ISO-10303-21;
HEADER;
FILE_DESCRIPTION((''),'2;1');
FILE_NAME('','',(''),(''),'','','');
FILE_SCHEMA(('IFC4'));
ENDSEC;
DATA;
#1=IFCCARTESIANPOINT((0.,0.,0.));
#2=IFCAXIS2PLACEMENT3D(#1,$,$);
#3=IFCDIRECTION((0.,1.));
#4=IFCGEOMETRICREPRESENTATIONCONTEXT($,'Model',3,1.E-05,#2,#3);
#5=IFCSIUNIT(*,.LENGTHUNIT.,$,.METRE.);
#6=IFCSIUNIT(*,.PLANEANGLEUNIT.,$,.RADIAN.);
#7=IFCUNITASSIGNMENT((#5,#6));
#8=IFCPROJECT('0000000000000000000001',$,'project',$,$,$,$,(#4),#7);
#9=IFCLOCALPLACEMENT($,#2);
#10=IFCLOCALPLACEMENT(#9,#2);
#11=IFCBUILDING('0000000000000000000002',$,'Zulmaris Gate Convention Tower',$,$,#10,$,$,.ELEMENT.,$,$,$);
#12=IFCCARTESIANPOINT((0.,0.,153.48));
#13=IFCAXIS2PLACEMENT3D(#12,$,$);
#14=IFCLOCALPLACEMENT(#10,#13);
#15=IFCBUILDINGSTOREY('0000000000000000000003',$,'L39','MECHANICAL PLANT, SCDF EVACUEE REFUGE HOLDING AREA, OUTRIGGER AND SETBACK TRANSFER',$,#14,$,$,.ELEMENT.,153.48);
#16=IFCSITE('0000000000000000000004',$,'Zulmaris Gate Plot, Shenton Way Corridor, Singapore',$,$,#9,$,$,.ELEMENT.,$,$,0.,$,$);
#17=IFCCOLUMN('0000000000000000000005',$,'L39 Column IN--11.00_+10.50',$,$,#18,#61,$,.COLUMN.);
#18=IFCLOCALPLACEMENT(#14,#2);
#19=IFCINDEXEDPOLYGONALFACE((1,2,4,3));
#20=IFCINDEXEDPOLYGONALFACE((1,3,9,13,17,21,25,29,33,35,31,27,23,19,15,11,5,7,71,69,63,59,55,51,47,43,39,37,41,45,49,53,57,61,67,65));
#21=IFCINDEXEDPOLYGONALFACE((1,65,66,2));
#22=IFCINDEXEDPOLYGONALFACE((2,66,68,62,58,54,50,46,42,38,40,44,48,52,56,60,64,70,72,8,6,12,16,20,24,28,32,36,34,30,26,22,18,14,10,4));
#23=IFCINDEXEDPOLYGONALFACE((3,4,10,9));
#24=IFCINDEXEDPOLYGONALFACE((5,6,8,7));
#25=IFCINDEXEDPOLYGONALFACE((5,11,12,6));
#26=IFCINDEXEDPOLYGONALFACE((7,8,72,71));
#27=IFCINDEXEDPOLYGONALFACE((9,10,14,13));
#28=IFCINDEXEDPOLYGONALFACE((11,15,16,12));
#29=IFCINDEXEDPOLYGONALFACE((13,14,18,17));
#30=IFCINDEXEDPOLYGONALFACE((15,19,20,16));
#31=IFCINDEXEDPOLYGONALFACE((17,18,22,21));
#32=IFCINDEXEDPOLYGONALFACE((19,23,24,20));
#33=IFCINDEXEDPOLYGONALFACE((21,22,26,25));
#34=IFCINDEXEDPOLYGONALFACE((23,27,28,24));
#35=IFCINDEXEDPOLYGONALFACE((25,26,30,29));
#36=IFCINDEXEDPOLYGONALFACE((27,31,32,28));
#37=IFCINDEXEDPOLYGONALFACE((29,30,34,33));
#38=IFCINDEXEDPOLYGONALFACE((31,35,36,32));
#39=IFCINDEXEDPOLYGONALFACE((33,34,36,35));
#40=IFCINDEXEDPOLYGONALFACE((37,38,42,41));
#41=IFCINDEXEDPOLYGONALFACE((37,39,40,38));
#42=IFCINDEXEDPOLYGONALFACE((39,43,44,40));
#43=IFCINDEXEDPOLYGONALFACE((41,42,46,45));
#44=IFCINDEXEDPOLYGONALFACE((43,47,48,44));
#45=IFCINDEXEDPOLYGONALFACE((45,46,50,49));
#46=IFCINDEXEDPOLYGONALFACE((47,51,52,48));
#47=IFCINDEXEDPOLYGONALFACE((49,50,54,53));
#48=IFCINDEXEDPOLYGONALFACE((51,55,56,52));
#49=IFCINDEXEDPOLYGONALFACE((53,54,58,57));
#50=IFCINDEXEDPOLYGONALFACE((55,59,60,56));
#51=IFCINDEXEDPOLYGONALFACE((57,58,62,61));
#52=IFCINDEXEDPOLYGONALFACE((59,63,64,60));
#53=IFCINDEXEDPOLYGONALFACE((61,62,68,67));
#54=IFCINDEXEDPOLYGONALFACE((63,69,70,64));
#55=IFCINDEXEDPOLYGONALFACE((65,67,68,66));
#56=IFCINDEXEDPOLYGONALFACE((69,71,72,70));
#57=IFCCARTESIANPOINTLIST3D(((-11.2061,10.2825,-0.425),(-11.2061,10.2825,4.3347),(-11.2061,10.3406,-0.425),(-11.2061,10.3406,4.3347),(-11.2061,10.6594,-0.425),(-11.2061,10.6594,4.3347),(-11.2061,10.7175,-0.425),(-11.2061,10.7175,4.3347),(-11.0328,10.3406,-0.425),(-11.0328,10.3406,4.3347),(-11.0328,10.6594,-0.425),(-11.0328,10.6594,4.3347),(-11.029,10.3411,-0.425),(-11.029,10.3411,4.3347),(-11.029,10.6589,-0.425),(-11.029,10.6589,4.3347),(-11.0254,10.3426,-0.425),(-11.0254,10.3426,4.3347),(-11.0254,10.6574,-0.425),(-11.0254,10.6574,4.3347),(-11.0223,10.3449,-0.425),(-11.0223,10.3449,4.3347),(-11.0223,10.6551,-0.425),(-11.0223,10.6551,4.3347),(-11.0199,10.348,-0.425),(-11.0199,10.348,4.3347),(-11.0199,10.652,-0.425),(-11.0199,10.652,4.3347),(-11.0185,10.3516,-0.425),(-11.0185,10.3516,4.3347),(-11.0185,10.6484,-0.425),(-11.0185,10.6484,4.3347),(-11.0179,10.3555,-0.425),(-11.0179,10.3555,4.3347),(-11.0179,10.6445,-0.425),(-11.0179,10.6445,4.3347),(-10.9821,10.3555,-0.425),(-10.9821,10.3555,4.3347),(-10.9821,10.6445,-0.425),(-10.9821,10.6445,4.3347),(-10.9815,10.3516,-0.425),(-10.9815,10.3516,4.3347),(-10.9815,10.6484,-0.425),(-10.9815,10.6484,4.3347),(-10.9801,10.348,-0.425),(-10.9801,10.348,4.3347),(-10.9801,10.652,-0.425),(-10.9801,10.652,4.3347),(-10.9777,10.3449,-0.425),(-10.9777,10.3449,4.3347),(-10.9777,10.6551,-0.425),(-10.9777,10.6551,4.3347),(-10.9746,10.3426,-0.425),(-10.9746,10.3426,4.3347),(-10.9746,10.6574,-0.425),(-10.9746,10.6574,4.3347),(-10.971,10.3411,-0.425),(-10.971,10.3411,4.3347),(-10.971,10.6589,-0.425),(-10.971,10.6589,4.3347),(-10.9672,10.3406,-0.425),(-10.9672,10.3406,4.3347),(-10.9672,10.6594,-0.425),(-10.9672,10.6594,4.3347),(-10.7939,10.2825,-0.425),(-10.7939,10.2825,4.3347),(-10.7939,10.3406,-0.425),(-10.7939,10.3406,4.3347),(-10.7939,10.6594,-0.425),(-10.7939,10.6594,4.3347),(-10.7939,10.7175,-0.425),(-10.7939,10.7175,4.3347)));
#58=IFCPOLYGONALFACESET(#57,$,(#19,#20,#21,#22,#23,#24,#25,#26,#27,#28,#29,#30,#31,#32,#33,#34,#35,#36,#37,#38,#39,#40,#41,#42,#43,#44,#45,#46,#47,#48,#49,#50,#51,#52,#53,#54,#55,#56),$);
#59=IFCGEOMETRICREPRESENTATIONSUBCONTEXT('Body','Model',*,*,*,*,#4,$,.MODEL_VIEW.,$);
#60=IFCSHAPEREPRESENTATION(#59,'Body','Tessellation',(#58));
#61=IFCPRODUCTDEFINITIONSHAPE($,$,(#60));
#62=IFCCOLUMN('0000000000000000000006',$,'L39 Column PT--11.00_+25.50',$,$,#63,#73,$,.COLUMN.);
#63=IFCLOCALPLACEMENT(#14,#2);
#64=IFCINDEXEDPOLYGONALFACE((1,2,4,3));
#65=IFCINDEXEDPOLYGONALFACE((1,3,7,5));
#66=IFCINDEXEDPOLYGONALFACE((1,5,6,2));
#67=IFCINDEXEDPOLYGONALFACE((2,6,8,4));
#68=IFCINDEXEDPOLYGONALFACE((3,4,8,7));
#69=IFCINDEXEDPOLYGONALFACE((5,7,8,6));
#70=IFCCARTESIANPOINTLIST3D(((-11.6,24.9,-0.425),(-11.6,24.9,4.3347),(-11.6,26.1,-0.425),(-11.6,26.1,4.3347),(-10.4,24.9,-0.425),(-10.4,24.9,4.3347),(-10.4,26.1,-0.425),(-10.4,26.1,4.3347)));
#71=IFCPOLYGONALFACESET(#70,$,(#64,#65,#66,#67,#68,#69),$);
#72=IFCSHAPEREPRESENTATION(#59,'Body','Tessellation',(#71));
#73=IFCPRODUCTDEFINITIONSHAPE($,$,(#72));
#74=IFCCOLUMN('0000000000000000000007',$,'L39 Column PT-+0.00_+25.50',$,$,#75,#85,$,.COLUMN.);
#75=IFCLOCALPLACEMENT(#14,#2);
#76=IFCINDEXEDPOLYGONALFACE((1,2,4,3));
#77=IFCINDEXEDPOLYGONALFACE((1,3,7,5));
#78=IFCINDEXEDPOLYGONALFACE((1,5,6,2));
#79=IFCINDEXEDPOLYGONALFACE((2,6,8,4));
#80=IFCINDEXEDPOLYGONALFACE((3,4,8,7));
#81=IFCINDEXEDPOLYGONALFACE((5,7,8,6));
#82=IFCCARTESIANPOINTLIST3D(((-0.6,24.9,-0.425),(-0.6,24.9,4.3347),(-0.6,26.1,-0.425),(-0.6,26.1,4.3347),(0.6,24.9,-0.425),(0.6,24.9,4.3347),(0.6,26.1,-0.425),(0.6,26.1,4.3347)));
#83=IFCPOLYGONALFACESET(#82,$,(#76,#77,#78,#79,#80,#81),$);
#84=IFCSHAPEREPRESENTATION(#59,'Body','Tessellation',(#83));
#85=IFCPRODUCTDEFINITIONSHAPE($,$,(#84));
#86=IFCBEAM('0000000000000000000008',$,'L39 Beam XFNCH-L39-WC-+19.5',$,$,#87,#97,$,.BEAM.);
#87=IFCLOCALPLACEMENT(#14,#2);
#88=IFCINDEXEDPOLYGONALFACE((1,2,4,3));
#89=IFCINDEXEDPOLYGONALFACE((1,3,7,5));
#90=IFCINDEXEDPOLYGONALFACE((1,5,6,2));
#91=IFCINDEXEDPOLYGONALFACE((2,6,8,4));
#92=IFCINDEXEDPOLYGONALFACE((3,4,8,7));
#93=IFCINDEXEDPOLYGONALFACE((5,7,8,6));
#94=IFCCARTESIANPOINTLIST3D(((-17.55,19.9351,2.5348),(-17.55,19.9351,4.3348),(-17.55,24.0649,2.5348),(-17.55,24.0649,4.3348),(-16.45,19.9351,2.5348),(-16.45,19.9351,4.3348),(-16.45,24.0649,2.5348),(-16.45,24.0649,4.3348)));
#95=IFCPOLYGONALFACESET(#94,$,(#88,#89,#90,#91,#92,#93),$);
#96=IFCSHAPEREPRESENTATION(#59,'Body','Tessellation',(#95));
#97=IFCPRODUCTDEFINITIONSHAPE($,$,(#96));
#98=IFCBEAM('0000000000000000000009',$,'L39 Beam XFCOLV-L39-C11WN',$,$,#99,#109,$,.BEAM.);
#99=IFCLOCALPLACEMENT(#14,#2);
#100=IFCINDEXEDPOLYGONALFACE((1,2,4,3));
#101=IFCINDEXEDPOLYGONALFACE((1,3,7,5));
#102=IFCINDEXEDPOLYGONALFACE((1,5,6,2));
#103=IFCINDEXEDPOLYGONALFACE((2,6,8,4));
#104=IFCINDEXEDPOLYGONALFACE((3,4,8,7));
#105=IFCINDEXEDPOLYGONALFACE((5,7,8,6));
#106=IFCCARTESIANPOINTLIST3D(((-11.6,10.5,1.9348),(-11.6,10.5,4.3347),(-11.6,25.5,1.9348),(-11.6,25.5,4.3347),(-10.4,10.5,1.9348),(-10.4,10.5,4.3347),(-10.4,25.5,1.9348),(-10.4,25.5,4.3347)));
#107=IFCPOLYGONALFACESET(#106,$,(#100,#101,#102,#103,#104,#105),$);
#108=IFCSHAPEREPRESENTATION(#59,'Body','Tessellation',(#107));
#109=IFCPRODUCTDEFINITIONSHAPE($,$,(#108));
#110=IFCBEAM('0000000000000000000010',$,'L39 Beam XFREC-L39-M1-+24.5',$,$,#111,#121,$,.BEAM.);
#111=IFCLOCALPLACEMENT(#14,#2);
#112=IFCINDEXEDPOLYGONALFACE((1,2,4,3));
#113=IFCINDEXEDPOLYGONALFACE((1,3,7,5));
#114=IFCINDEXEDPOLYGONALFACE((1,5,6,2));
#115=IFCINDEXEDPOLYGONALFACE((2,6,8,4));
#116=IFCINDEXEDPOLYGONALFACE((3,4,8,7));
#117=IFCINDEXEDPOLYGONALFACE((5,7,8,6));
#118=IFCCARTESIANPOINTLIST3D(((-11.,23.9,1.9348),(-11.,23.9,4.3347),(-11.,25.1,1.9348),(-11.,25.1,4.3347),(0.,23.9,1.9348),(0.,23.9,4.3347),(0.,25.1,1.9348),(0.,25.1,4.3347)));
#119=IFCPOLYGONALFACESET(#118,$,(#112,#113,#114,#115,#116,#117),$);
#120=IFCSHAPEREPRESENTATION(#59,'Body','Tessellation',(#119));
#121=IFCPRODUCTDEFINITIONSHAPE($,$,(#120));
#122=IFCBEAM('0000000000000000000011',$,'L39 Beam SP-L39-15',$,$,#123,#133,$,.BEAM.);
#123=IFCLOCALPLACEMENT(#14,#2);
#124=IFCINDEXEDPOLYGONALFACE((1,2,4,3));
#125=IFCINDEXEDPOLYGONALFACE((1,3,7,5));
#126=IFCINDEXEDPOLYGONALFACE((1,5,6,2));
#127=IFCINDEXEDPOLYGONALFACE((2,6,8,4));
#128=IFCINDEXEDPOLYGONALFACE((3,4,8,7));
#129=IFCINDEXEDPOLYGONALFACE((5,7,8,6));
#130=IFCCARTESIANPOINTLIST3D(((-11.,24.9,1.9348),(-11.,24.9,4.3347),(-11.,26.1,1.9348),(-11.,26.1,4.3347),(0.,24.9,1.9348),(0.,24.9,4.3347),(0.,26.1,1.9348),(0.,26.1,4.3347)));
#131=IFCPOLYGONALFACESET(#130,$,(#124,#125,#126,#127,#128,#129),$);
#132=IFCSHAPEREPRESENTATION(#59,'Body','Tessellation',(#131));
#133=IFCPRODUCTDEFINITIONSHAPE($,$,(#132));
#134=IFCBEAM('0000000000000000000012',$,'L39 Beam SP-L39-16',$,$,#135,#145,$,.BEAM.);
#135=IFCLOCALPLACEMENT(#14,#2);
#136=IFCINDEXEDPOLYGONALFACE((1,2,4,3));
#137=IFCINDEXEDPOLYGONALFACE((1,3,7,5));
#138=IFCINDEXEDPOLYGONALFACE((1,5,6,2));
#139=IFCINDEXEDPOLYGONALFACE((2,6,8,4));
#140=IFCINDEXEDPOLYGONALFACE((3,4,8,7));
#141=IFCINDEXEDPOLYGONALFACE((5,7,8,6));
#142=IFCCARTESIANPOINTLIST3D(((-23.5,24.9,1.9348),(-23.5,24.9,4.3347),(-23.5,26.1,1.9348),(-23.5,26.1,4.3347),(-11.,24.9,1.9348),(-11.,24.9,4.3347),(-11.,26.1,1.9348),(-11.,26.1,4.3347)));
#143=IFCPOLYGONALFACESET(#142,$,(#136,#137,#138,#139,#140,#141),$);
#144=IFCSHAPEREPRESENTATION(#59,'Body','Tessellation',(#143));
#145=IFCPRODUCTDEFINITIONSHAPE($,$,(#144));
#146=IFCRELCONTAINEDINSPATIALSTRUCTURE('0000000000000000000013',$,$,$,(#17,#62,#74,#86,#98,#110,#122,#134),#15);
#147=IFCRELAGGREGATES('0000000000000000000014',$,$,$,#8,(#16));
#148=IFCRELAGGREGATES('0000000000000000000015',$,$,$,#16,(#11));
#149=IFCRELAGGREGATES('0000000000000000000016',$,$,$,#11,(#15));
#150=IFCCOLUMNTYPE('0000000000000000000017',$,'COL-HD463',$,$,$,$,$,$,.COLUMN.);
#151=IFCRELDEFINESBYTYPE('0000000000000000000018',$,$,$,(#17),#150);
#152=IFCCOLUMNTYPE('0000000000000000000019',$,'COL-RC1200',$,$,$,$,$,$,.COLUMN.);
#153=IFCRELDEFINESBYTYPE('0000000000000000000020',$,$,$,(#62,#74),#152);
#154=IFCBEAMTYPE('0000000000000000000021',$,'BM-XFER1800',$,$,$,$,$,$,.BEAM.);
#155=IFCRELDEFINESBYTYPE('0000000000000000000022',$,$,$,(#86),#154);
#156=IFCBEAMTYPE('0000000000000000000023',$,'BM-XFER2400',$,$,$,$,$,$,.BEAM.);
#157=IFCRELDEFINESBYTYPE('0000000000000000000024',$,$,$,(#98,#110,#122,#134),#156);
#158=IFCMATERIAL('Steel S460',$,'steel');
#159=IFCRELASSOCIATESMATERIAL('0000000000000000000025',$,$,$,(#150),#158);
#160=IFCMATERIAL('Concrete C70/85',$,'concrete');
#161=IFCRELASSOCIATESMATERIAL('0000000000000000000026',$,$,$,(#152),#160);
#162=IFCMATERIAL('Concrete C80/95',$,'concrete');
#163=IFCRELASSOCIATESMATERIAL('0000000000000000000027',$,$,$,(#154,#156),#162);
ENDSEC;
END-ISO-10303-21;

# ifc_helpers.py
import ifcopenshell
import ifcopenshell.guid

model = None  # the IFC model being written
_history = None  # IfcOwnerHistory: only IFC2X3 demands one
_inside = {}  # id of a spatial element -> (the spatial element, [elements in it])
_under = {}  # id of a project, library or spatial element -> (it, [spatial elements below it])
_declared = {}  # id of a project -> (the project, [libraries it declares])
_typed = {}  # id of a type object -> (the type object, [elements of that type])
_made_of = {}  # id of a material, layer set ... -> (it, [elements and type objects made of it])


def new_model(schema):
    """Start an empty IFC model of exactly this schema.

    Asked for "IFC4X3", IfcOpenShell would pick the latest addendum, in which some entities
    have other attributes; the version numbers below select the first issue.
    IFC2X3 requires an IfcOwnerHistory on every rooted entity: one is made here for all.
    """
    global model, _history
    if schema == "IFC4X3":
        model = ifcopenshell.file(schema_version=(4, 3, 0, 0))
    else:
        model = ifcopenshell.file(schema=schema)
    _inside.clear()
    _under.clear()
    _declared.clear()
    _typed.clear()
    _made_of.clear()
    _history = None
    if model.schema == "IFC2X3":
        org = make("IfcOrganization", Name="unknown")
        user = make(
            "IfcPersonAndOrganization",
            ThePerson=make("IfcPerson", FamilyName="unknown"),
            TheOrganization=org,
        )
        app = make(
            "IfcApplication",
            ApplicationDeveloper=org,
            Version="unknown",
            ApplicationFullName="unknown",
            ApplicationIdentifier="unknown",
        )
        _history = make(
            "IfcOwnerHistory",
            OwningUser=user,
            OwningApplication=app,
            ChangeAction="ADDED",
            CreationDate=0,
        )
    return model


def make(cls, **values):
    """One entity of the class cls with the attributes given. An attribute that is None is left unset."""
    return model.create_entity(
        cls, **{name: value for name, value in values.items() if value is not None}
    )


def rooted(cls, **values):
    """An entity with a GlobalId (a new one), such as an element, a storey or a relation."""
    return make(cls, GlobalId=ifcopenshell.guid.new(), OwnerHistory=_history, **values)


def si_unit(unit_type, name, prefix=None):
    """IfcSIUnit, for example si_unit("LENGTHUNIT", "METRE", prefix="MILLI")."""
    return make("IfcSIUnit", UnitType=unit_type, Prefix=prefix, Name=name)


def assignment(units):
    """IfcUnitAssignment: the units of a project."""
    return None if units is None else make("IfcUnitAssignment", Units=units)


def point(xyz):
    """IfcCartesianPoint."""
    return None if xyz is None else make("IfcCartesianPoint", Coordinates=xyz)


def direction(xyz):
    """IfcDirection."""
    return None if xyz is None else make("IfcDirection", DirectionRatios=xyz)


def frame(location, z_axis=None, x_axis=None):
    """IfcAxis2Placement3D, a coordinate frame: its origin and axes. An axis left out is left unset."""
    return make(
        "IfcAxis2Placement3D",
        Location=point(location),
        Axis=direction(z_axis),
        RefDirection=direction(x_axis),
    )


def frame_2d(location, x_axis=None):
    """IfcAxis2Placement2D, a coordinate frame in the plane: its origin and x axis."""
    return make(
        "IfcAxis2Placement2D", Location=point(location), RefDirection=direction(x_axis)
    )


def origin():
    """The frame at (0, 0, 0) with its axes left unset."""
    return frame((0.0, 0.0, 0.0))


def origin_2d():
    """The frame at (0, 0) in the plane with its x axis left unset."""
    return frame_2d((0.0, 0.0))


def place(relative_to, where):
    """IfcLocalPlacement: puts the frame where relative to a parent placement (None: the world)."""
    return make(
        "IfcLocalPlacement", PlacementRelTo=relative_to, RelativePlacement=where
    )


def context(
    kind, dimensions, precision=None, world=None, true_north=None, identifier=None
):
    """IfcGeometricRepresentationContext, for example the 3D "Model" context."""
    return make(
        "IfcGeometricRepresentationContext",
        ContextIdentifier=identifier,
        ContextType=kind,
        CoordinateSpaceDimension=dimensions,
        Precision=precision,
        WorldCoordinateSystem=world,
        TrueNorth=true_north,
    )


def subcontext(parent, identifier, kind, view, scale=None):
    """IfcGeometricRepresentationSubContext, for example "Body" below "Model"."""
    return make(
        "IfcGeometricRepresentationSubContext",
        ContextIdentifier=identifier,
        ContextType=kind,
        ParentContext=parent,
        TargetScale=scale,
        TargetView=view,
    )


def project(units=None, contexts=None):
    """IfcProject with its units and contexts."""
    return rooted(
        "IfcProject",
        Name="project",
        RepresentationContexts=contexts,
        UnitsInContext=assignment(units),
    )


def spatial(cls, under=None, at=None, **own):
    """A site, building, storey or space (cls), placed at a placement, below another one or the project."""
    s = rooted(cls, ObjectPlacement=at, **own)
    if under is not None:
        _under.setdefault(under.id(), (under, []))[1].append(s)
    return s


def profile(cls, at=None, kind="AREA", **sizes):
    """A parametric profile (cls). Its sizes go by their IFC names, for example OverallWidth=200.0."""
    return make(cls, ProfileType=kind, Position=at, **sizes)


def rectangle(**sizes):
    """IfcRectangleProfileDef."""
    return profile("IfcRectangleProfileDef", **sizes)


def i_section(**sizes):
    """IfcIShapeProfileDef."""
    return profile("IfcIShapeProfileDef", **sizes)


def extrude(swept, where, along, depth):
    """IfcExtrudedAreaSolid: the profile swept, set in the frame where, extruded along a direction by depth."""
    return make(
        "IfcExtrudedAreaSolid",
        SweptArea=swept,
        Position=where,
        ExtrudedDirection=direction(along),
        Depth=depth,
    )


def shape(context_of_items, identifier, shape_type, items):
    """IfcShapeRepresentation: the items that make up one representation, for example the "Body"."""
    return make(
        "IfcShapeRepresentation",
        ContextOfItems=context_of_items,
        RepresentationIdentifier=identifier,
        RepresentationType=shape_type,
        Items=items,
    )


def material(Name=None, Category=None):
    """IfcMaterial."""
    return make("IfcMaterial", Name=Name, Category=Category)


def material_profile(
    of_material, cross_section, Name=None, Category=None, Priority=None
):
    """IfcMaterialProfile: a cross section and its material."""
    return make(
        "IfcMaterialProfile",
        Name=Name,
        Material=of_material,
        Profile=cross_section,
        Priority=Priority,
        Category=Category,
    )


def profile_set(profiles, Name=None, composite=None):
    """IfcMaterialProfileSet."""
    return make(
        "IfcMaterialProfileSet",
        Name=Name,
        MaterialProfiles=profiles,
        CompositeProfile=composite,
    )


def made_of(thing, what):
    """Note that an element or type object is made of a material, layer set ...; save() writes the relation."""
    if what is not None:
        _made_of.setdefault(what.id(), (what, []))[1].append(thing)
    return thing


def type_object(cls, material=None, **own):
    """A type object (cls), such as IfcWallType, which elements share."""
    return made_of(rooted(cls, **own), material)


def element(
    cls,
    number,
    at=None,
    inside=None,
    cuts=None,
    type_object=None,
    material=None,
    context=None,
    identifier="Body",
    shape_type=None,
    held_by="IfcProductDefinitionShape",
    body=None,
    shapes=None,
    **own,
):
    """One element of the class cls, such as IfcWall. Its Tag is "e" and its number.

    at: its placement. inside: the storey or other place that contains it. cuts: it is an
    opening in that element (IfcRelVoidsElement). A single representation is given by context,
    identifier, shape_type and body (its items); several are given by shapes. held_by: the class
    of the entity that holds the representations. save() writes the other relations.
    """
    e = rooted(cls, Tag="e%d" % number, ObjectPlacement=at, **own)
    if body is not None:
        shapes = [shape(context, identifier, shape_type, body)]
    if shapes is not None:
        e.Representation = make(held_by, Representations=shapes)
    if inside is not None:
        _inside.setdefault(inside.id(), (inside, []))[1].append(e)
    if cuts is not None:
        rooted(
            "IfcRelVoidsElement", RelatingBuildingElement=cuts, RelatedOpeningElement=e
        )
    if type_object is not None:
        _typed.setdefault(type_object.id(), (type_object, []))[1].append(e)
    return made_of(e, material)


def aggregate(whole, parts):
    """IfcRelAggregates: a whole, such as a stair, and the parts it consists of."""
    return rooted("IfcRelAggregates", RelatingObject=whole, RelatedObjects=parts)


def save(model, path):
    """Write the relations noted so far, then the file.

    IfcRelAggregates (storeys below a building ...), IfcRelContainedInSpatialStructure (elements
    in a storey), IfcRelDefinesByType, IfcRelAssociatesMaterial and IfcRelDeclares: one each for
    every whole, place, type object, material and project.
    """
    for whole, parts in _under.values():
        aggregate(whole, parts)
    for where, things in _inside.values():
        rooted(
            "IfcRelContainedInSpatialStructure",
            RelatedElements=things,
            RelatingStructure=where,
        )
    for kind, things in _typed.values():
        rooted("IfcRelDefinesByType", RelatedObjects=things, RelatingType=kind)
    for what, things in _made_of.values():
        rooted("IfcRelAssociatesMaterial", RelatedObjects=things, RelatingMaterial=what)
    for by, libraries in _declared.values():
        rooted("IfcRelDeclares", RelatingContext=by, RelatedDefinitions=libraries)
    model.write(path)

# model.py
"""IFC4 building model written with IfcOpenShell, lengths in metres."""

from ifc_helpers import new_model, si_unit, direction, frame, origin, origin_2d, place, context, subcontext, project, spatial, rectangle, i_section, extrude, material, material_profile, profile_set, type_object, element, save


model = new_model("IFC4")

# Units and contexts
model_context = context("Model", 3, precision=1e-05, world=origin(), true_north=direction((0.0, 1.0)))
body_context = subcontext(model_context, "Body", "Model", "MODEL_VIEW")
ifc_project = project(units=[si_unit("LENGTHUNIT", "METRE"), si_unit("PLANEANGLEUNIT", "RADIAN")], contexts=[model_context])

# Site, building, storey
site_placement = place(None, origin())
site = spatial("IfcSite", under=ifc_project, at=site_placement, Name="Zulmaris Gate Plot, Shenton Way Corridor, Singapore", CompositionType="ELEMENT", RefElevation=0.0)
building_placement = place(site_placement, origin())
building = spatial("IfcBuilding", under=site, at=building_placement, Name="Zulmaris Gate Convention Tower", CompositionType="ELEMENT")
storey_placement = place(building_placement, frame((0.0, 0.0, 153.48)))
storey = spatial("IfcBuildingStorey", under=building, at=storey_placement, Name="L39", Description="MECHANICAL PLANT, SCDF EVACUEE REFUGE HOLDING AREA, OUTRIGGER AND SETBACK TRANSFER", CompositionType="ELEMENT", Elevation=153.48)

# Columns
ifc_material_1 = material(Name="Steel S460", Category="steel")
ifc_material_profile_1 = material_profile(ifc_material_1, i_section(OverallWidth=0.4121, OverallDepth=0.4351, WebThickness=0.0359, FlangeThickness=0.0581, FilletRadius=0.0149, at=origin_2d()), Name="HD 400x463")
ifc_profile_set_1 = profile_set([ifc_material_profile_1], Name="Steel S460")
column_type_1 = type_object("IfcColumnType", Name="COL-HD463", PredefinedType="COLUMN", material=ifc_profile_set_1)
column_placement = place(storey_placement, frame((-11.0, 10.5, -0.425), z_axis=(0.0, 0.0, 1.0), x_axis=(1.0, 0.0, 0.0)))
element("IfcColumn", 1, at=column_placement, inside=storey, type_object=column_type_1, Name="L39 Column IN--11.00_+10.50", PredefinedType="COLUMN", context=body_context, shape_type="SweptSolid", body=[
    extrude(i_section(OverallWidth=0.4121, OverallDepth=0.4351, WebThickness=0.0359, FlangeThickness=0.0581, FilletRadius=0.0149, at=origin_2d()), origin(), (0.0, 0.0, 1.0), 4.7598),
])
ifc_material_2 = material(Name="Concrete C70/85", Category="concrete")
ifc_material_profile_2 = material_profile(ifc_material_2, rectangle(XDim=1.2, YDim=1.2, at=origin_2d()), Name="RC COL 1200x1200")
ifc_profile_set_2 = profile_set([ifc_material_profile_2], Name="Concrete C70/85")
column_type_2 = type_object("IfcColumnType", Name="COL-RC1200", PredefinedType="COLUMN", material=ifc_profile_set_2)
for number, where, z_axis, x_axis, name in (
    (2, (-11.0, 25.5, -0.425), (0.0, 0.0, 1.0), (1.0, 0.0, 0.0), "L39 Column PT--11.00_+25.50"),
    (3, (0.0, 25.5, -0.425), (0.0, 0.0, 1.0), (1.0, 0.0, 0.0), "L39 Column PT-+0.00_+25.50"),
):
    element("IfcColumn", number, at=place(storey_placement, frame(where, z_axis=z_axis, x_axis=x_axis)), inside=storey, type_object=column_type_2, Name=name, PredefinedType="COLUMN", context=body_context, shape_type="SweptSolid", body=[
        extrude(rectangle(XDim=1.2, YDim=1.2, at=origin_2d()), origin(), (0.0, 0.0, 1.0), 4.7598),
    ])

# Beams
ifc_material_3 = material(Name="Concrete C80/95", Category="concrete")
ifc_material_profile_3 = material_profile(ifc_material_3, rectangle(XDim=1.1001, YDim=1.8, at=origin_2d()), Name="RC TRANSFER 1100x1800")
ifc_profile_set_3 = profile_set([ifc_material_profile_3], Name="Concrete C80/95")
beam_type_1 = type_object("IfcBeamType", Name="BM-XFER1800", PredefinedType="BEAM", material=ifc_profile_set_3)
beam_1_placement = place(storey_placement, frame((-17.0, 19.9351, 3.4348), z_axis=(0.0, 1.0, 0.0), x_axis=(-1.0, 0.0, 0.0)))
element("IfcBeam", 4, at=beam_1_placement, inside=storey, type_object=beam_type_1, Name="L39 Beam XFNCH-L39-WC-+19.5", PredefinedType="BEAM", context=body_context, shape_type="SweptSolid", body=[
    extrude(rectangle(XDim=1.1001, YDim=1.8, at=origin_2d()), origin(), (0.0, 0.0, 1.0), 4.1299),
])
ifc_material_profile_4 = material_profile(ifc_material_3, rectangle(XDim=1.2, YDim=2.3999, at=origin_2d()), Name="RC TRANSFER 1200x2400")
ifc_profile_set_4 = profile_set([ifc_material_profile_4], Name="Concrete C80/95")
beam_type_2 = type_object("IfcBeamType", Name="BM-XFER2400", PredefinedType="BEAM", material=ifc_profile_set_4)
beam_2_placement = place(storey_placement, frame((-11.0, 10.5, 3.1348), z_axis=(0.0, 1.0, 0.0), x_axis=(-1.0, 0.0, 0.0)))
element("IfcBeam", 5, at=beam_2_placement, inside=storey, type_object=beam_type_2, Name="L39 Beam XFCOLV-L39-C11WN", PredefinedType="BEAM", context=body_context, shape_type="SweptSolid", body=[
    extrude(rectangle(XDim=1.2, YDim=2.3999, at=origin_2d()), origin(), (0.0, 0.0, 1.0), 15.0),
])
for number, where, z_axis, x_axis, name in (
    (6, (-11.0, 24.5, 3.1348), (1.0, 0.0, 0.0), (0.0, 1.0, 0.0), "L39 Beam XFREC-L39-M1-+24.5"),
    (7, (0.0, 25.5, 3.1348), (-1.0, 0.0, 0.0), (0.0, -1.0, 0.0), "L39 Beam SP-L39-15"),
):
    element("IfcBeam", number, at=place(storey_placement, frame(where, z_axis=z_axis, x_axis=x_axis)), inside=storey, type_object=beam_type_2, Name=name, PredefinedType="BEAM", context=body_context, shape_type="SweptSolid", body=[
        extrude(rectangle(XDim=1.2, YDim=2.3999, at=origin_2d()), origin(), (0.0, 0.0, 1.0), 11.0),
    ])
beam_3_placement = place(storey_placement, frame((-11.0, 25.5, 3.1348), z_axis=(-1.0, 0.0, 0.0), x_axis=(0.0, -1.0, 0.0)))
element("IfcBeam", 8, at=beam_3_placement, inside=storey, type_object=beam_type_2, Name="L39 Beam SP-L39-16", PredefinedType="BEAM", context=body_context, shape_type="SweptSolid", body=[
    extrude(rectangle(XDim=1.2, YDim=2.3999, at=origin_2d()), origin(), (0.0, 0.0, 1.0), 12.5),
])

save(model, "model.ifc")
